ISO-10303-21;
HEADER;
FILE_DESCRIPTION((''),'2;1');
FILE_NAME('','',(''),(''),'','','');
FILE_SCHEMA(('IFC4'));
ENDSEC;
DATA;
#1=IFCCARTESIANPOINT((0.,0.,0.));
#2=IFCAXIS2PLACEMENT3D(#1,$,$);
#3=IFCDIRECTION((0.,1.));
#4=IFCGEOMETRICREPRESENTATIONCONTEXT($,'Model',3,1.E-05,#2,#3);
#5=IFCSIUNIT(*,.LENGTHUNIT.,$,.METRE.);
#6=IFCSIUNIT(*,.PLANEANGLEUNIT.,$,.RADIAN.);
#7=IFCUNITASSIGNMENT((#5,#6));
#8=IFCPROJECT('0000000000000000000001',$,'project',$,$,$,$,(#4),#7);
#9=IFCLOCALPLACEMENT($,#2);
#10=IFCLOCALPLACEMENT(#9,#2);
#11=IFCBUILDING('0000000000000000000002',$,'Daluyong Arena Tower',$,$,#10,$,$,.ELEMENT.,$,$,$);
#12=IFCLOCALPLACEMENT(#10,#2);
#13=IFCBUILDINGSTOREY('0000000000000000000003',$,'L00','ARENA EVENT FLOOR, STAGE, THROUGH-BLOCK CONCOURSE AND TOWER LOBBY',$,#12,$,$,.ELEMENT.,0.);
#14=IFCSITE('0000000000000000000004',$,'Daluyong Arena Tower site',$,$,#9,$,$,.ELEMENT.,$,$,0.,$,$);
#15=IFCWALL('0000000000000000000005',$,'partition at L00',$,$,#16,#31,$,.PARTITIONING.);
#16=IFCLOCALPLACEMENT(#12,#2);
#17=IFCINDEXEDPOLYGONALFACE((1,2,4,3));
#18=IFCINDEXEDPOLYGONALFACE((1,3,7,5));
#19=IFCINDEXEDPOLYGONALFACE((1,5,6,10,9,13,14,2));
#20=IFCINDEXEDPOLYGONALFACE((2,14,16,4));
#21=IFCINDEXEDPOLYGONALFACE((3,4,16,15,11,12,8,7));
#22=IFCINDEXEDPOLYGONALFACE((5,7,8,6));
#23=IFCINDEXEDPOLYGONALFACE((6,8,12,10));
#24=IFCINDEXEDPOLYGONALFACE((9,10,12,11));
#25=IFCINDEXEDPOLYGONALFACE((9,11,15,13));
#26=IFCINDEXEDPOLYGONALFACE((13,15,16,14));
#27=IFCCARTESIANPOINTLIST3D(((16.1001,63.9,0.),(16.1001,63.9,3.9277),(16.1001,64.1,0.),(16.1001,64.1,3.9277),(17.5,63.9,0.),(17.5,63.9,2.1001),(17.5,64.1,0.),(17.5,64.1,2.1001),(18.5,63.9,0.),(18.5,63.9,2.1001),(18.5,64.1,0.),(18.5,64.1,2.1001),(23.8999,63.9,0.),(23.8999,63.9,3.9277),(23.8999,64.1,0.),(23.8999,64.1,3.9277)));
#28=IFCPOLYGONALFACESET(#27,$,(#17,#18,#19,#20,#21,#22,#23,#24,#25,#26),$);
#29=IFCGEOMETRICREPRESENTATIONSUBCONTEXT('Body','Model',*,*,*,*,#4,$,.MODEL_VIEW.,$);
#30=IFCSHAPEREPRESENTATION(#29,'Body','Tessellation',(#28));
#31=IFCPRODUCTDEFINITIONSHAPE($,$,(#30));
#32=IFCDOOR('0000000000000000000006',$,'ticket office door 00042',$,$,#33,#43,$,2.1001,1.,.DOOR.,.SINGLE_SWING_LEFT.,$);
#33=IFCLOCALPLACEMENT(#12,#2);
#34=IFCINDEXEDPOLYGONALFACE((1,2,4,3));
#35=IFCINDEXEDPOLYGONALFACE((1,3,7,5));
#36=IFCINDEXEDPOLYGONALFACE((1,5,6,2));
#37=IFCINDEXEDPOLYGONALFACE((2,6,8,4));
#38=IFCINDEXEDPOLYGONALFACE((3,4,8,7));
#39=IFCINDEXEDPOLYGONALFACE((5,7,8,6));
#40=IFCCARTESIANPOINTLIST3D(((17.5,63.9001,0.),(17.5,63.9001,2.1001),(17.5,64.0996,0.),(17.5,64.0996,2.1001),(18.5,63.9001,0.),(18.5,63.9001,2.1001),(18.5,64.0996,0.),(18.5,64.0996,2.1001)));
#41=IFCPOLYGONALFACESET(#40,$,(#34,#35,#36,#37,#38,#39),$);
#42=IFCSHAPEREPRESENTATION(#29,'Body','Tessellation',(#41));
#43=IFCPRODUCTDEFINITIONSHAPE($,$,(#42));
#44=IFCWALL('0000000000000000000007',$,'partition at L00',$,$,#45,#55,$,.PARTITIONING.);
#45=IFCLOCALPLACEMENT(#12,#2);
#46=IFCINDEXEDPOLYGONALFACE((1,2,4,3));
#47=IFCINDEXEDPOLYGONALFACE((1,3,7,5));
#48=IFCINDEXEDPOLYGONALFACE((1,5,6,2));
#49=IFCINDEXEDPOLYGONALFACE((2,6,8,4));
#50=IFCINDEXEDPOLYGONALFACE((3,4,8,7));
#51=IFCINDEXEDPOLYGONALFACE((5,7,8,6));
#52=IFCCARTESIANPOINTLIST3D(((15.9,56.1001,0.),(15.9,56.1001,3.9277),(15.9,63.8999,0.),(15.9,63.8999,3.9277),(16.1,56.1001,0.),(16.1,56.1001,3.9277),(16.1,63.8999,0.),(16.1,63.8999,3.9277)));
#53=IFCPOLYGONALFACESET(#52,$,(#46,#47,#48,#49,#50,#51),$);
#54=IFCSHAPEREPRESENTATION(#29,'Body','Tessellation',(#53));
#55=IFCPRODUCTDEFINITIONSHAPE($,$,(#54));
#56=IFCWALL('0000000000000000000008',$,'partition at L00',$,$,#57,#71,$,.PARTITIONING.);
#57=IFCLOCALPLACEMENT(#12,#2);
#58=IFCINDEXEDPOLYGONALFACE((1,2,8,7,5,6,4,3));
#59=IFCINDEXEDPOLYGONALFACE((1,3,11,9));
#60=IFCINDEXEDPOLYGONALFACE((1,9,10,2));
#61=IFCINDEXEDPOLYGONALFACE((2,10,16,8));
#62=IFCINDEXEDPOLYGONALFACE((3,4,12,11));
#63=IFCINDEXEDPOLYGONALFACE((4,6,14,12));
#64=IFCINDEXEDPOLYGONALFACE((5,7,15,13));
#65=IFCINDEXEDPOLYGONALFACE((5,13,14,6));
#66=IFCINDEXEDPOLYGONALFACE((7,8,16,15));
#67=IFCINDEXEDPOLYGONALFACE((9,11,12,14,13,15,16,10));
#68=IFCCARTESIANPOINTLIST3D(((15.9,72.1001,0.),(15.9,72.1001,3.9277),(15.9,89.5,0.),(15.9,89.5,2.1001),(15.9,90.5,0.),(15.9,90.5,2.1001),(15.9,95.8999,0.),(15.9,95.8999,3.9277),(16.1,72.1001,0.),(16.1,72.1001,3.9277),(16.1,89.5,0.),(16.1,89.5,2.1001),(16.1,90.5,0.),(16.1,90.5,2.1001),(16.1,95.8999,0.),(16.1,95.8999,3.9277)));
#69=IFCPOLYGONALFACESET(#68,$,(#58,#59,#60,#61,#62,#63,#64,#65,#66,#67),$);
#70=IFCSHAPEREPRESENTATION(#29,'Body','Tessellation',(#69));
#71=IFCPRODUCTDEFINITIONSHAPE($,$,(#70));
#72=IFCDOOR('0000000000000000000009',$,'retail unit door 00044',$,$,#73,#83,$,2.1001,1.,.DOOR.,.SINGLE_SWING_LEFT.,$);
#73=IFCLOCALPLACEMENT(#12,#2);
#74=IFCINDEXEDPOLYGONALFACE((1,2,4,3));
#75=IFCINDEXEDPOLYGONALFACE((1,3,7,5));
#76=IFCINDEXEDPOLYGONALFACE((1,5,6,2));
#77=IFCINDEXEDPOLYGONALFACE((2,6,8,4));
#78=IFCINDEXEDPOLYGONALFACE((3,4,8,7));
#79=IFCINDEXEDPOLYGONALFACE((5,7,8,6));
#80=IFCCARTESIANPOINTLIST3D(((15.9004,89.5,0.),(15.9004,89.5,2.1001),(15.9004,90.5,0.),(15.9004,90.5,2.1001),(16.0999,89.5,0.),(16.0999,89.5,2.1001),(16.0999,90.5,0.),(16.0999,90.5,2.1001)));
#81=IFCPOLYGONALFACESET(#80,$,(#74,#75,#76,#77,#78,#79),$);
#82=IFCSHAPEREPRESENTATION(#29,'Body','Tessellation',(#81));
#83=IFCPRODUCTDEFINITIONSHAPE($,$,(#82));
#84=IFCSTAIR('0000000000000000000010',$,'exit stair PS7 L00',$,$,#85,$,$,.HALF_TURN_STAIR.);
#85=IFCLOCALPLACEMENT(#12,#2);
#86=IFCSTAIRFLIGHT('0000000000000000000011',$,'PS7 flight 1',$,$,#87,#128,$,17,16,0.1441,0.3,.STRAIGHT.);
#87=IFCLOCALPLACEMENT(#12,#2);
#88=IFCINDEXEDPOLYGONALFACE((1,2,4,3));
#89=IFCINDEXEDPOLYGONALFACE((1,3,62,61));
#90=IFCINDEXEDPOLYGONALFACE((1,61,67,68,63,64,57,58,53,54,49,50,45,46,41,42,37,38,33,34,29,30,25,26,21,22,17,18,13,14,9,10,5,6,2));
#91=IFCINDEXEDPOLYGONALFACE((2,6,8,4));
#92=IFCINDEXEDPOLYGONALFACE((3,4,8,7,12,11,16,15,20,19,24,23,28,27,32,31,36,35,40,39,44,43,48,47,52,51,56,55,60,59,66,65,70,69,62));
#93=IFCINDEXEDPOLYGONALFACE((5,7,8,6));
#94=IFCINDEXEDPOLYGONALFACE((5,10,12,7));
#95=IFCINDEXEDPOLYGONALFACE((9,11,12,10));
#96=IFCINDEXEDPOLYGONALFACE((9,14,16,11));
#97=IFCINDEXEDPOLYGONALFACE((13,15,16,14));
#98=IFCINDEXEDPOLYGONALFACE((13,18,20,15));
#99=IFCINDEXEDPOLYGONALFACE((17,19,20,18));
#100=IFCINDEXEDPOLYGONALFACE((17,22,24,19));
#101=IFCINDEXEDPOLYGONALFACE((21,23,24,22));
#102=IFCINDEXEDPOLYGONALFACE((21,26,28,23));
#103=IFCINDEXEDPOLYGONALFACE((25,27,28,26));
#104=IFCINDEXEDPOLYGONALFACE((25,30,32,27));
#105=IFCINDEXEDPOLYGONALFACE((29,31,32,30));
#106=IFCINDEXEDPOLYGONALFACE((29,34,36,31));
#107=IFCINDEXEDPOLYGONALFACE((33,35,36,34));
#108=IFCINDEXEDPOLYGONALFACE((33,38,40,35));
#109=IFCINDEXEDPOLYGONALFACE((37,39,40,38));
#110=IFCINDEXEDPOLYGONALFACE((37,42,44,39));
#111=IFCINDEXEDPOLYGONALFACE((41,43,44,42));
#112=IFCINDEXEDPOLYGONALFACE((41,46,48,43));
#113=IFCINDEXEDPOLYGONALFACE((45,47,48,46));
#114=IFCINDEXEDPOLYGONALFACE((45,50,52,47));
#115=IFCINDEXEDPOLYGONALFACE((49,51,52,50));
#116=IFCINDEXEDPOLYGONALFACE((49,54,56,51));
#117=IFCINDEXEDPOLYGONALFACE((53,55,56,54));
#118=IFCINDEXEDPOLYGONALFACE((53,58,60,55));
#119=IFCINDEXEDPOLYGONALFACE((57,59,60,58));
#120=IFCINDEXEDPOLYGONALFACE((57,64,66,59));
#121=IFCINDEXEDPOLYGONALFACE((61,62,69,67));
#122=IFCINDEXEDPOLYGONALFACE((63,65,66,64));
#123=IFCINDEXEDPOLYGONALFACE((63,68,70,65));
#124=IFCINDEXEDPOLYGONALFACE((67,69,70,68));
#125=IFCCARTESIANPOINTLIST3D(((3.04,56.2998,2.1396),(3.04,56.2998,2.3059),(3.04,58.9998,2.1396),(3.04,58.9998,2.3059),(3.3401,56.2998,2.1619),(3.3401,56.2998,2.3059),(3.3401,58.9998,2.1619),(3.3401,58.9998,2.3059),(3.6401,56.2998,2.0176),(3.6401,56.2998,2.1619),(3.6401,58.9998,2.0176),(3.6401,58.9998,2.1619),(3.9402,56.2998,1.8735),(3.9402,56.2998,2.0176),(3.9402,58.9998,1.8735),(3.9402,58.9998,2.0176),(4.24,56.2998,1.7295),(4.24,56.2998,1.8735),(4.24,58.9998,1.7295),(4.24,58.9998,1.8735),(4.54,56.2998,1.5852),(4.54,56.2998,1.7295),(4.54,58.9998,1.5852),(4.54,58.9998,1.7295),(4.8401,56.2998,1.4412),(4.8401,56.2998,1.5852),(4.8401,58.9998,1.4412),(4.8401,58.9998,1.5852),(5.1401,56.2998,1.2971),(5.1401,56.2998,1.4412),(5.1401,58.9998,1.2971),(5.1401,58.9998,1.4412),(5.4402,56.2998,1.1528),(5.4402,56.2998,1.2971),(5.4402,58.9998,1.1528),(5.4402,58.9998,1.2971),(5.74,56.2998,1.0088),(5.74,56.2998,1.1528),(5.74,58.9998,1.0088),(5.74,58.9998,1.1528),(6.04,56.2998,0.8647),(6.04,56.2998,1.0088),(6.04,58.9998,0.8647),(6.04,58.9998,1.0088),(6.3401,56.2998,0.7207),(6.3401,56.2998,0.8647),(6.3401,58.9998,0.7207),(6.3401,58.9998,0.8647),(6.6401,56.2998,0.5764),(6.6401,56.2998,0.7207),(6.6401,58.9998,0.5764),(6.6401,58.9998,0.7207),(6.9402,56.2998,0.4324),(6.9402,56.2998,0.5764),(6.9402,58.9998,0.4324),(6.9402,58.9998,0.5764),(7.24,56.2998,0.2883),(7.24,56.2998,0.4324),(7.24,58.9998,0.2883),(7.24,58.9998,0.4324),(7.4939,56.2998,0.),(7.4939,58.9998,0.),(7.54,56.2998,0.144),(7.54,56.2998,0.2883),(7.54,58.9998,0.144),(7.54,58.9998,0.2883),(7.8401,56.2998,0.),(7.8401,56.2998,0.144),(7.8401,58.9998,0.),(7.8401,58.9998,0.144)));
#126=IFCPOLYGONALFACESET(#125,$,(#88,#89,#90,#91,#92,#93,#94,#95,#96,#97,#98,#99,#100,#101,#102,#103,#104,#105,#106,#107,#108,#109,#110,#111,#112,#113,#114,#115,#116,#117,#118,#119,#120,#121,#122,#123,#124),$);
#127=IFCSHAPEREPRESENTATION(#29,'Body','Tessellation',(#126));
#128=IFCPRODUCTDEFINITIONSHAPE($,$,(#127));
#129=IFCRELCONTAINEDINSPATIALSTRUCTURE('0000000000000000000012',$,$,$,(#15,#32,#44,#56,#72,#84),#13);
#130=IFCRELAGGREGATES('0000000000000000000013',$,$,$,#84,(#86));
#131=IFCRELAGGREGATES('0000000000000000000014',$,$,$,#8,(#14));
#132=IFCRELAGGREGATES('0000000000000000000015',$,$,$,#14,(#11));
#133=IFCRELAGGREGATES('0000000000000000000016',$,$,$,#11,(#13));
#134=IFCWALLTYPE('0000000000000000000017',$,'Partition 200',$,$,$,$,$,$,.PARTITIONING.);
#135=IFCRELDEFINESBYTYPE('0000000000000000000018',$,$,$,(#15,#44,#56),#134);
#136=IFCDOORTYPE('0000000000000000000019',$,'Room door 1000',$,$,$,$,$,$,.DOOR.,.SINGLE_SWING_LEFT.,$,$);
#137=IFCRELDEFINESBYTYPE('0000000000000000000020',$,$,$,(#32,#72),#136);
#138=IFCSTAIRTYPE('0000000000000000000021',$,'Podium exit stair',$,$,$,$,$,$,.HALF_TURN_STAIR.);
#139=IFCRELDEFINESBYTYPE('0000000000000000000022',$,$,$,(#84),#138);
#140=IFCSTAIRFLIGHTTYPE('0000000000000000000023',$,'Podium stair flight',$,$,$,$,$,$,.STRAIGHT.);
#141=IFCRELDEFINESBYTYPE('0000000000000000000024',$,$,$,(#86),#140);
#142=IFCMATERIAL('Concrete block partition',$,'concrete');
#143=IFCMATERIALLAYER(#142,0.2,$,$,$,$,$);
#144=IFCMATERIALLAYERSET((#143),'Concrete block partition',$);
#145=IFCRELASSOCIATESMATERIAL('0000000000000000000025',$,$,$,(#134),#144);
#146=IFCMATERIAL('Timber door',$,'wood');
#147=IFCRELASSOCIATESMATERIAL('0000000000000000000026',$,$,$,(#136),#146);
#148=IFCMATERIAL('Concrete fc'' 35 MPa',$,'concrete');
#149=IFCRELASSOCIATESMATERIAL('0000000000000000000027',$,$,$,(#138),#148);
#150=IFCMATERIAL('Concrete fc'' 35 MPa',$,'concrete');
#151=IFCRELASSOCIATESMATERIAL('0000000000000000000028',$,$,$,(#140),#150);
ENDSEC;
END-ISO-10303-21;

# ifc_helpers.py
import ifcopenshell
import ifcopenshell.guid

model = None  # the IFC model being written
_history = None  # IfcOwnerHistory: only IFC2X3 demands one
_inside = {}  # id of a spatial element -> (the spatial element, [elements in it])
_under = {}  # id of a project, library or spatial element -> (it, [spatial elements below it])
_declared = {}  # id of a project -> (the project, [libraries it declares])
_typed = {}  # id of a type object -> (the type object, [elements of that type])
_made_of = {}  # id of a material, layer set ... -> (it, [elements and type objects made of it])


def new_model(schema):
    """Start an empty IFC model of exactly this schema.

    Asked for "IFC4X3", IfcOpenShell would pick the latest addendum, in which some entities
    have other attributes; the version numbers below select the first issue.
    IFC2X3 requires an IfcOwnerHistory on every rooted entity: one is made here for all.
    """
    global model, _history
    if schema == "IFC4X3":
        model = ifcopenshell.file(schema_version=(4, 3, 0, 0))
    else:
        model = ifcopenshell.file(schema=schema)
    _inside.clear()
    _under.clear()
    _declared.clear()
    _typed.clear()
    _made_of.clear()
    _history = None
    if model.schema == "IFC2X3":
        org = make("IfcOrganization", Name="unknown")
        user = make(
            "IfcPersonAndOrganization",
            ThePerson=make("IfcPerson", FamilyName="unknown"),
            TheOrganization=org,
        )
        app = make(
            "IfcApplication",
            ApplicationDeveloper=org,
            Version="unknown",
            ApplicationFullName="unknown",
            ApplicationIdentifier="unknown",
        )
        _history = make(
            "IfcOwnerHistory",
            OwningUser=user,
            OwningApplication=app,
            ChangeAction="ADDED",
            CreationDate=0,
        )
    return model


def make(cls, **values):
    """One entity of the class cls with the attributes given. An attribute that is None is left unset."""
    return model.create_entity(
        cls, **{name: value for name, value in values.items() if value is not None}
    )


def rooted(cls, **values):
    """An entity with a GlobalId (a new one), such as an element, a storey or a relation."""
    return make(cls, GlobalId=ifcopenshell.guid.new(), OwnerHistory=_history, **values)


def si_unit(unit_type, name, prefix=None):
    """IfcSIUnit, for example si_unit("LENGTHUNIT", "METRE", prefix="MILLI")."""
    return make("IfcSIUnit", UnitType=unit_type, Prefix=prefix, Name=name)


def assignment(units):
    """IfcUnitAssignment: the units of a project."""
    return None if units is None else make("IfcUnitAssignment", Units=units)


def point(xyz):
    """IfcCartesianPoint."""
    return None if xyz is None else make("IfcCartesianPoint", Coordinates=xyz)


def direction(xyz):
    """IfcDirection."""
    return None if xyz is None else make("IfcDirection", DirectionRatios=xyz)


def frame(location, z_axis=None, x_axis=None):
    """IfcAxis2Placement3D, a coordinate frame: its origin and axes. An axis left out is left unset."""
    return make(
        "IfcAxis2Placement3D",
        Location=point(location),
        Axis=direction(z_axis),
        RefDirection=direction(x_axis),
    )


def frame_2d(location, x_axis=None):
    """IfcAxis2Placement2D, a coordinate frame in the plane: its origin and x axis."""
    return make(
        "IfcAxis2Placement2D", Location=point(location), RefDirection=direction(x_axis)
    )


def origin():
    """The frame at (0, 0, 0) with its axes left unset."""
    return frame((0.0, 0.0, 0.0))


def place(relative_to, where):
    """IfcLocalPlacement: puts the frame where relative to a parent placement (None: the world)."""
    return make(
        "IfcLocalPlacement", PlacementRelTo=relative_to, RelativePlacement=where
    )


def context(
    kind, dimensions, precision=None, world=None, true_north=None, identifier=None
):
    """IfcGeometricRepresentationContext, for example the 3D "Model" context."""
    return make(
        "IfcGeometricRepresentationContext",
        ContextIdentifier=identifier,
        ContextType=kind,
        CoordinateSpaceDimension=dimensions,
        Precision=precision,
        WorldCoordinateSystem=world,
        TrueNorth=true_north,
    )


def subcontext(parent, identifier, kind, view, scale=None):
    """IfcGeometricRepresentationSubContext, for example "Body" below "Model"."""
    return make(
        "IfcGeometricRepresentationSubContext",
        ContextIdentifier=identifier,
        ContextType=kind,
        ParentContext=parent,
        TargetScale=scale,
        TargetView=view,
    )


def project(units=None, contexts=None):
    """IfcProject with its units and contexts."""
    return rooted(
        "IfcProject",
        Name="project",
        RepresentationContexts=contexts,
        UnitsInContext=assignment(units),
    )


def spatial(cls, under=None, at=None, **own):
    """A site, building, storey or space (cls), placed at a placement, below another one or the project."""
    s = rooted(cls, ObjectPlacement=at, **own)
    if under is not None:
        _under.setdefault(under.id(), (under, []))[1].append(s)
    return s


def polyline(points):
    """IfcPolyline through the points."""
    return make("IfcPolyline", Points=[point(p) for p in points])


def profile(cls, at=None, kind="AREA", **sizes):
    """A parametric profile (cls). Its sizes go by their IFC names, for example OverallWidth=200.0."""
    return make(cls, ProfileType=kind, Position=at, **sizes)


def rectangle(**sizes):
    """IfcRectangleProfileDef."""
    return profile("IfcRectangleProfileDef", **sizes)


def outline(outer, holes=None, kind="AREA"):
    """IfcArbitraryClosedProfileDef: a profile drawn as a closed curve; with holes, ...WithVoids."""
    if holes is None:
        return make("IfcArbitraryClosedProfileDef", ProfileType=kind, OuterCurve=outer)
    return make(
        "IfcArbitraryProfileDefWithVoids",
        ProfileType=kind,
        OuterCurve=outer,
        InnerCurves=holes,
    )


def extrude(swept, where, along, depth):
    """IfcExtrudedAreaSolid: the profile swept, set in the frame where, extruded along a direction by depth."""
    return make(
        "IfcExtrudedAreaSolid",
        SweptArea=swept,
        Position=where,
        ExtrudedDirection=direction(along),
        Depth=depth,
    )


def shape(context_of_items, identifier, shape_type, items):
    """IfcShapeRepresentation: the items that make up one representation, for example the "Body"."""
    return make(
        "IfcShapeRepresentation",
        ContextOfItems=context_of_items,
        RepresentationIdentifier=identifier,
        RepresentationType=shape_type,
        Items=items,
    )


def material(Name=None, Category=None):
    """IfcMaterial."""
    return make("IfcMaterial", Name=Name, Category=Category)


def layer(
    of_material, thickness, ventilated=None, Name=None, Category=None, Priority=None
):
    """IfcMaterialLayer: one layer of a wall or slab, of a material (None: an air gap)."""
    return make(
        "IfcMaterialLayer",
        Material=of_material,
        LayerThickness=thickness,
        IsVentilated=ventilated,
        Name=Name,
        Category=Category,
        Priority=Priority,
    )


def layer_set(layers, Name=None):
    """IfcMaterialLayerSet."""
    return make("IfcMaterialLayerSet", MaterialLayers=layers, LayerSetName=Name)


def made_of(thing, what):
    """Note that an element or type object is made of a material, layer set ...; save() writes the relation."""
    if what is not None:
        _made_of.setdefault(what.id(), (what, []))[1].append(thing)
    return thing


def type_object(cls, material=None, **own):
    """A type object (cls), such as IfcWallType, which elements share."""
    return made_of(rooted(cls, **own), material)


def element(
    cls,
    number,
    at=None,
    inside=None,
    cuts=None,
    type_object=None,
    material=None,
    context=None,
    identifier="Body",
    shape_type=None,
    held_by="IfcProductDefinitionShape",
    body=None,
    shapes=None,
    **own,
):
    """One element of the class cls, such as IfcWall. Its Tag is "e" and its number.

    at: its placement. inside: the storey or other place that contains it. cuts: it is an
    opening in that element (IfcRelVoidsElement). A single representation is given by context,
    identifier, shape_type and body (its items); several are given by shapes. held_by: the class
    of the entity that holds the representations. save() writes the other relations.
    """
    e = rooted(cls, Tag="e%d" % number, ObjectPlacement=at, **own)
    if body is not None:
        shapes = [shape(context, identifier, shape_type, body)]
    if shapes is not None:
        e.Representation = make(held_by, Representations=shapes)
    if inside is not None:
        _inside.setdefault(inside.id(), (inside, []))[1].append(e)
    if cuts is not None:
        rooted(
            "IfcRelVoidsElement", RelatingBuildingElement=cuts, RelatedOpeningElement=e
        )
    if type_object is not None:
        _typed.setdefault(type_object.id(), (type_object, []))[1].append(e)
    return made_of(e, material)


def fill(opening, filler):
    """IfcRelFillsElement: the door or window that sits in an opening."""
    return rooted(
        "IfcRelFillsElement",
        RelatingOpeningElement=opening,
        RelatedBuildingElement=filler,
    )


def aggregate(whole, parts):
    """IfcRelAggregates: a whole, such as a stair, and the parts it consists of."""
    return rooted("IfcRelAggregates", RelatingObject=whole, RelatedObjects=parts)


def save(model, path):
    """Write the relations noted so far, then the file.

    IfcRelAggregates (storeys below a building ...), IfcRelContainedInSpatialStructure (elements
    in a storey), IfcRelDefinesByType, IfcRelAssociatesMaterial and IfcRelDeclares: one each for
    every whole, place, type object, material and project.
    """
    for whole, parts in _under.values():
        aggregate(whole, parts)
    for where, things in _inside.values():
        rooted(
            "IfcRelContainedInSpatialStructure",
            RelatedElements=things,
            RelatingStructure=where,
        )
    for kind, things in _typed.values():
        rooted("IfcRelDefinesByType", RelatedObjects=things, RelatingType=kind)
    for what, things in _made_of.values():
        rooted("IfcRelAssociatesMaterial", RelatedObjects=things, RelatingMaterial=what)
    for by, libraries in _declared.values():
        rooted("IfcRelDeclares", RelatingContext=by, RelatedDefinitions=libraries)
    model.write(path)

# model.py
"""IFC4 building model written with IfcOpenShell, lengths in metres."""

from ifc_helpers import new_model, si_unit, direction, frame, frame_2d, origin, place, context, subcontext, project, spatial, polyline, rectangle, outline, extrude, material, layer, layer_set, type_object, element, fill, aggregate, save


model = new_model("IFC4")

# Units and contexts
model_context = context("Model", 3, precision=1e-05, world=origin(), true_north=direction((0.0, 1.0)))
body_context = subcontext(model_context, "Body", "Model", "MODEL_VIEW")
ifc_project = project(units=[si_unit("LENGTHUNIT", "METRE"), si_unit("PLANEANGLEUNIT", "RADIAN")], contexts=[model_context])

# Site, building, storey
site_placement = place(None, origin())
site = spatial("IfcSite", under=ifc_project, at=site_placement, Name="Daluyong Arena Tower site", CompositionType="ELEMENT", RefElevation=0.0)
building_placement = place(site_placement, origin())
building = spatial("IfcBuilding", under=site, at=building_placement, Name="Daluyong Arena Tower", CompositionType="ELEMENT")
storey_placement = place(building_placement, origin())
storey = spatial("IfcBuildingStorey", under=building, at=storey_placement, Name="L00", Description="ARENA EVENT FLOOR, STAGE, THROUGH-BLOCK CONCOURSE AND TOWER LOBBY", CompositionType="ELEMENT", Elevation=0.0)

# Wall, opening, door
ifc_material_1 = material(Name="Concrete block partition", Category="concrete")
ifc_layer_1 = layer(ifc_material_1, 0.2)
ifc_layer_set_1 = layer_set([ifc_layer_1], Name="Concrete block partition")
wall_type = type_object("IfcWallType", Name="Partition 200", PredefinedType="PARTITIONING", material=ifc_layer_set_1)
wall_1_placement = place(storey_placement, frame((16.1001, 64.0, 0.0), z_axis=(0.0, 0.0, 1.0), x_axis=(1.0, 0.0, 0.0)))
wall_1 = element("IfcWall", 1, at=wall_1_placement, inside=storey, type_object=wall_type, Name="partition at L00", PredefinedType="PARTITIONING", context=body_context, shape_type="SweptSolid", body=[
    extrude(rectangle(XDim=7.7998, YDim=0.2, at=frame_2d((3.8999, 0.0))), origin(), (0.0, 0.0, 1.0), 3.9277),
])
opening_1_placement = place(wall_1_placement, frame((1.3999, 0.0, 0.0)))
opening_1 = element("IfcOpeningElement", 2, at=opening_1_placement, cuts=wall_1, PredefinedType="OPENING", context=body_context, shape_type="SweptSolid", body=[
    extrude(rectangle(XDim=1.0, YDim=2.1001, at=frame_2d((0.5, 1.05))), frame((0.0, 0.1099, 0.0), z_axis=(0.0, -1.0, 0.0), x_axis=(1.0, 0.0, 0.0)), (0.0, 0.0, 1.0), 0.22),
])
ifc_material_2 = material(Name="Timber door", Category="wood")
door_type = type_object("IfcDoorType", Name="Room door 1000", OperationType="SINGLE_SWING_LEFT", PredefinedType="DOOR", material=ifc_material_2)
door_1_placement = place(opening_1_placement, origin())
door_1 = element("IfcDoor", 3, at=door_1_placement, inside=storey, type_object=door_type, Name="ticket office door 00042", OperationType="SINGLE_SWING_LEFT", OverallHeight=2.1001, OverallWidth=1.0, PredefinedType="DOOR", context=body_context, shape_type="SweptSolid", body=[
    extrude(rectangle(XDim=1.0, YDim=2.1001, at=frame_2d((0.5, 1.05))), frame((0.0, 0.0996, 0.0), z_axis=(0.0, -1.0, 0.0), x_axis=(1.0, 0.0, 0.0)), (0.0, 0.0, 1.0), 0.1995),
])
fill(opening_1, door_1)

# Wall
wall_2_placement = place(storey_placement, frame((16.0, 56.1001, 0.0), z_axis=(0.0, 0.0, 1.0), x_axis=(0.0, 1.0, 0.0)))
element("IfcWall", 4, at=wall_2_placement, inside=storey, type_object=wall_type, Name="partition at L00", PredefinedType="PARTITIONING", context=body_context, shape_type="SweptSolid", body=[
    extrude(rectangle(XDim=7.7998, YDim=0.2, at=frame_2d((3.8999, 0.0))), origin(), (0.0, 0.0, 1.0), 3.9277),
])

# Wall, opening, door
wall_3_placement = place(storey_placement, frame((16.0, 72.1001, 0.0), z_axis=(0.0, 0.0, 1.0), x_axis=(0.0, 1.0, 0.0)))
wall_3 = element("IfcWall", 5, at=wall_3_placement, inside=storey, type_object=wall_type, Name="partition at L00", PredefinedType="PARTITIONING", context=body_context, shape_type="SweptSolid", body=[
    extrude(rectangle(XDim=23.7998, YDim=0.2, at=frame_2d((11.8999, 0.0))), origin(), (0.0, 0.0, 1.0), 3.9277),
])
opening_2_placement = place(wall_3_placement, frame((17.3999, 0.0, 0.0)))
opening_2 = element("IfcOpeningElement", 6, at=opening_2_placement, cuts=wall_3, PredefinedType="OPENING", context=body_context, shape_type="SweptSolid", body=[
    extrude(rectangle(XDim=1.0, YDim=2.1001, at=frame_2d((0.5, 1.05))), frame((0.0, 0.1099, 0.0), z_axis=(0.0, -1.0, 0.0), x_axis=(1.0, 0.0, 0.0)), (0.0, 0.0, 1.0), 0.22),
])
door_2_placement = place(opening_2_placement, origin())
door_2 = element("IfcDoor", 7, at=door_2_placement, inside=storey, type_object=door_type, Name="retail unit door 00044", OperationType="SINGLE_SWING_LEFT", OverallHeight=2.1001, OverallWidth=1.0, PredefinedType="DOOR", context=body_context, shape_type="SweptSolid", body=[
    extrude(rectangle(XDim=1.0, YDim=2.1001, at=frame_2d((0.5, 1.05))), frame((0.0, 0.0996, 0.0), z_axis=(0.0, -1.0, 0.0), x_axis=(1.0, 0.0, 0.0)), (0.0, 0.0, 1.0), 0.1995),
])
fill(opening_2, door_2)

# Stair, stair flight
ifc_material_3 = material(Name="Concrete fc' 35 MPa", Category="concrete")
stair_type = type_object("IfcStairType", Name="Podium exit stair", PredefinedType="HALF_TURN_STAIR", material=ifc_material_3)
stair_placement = place(storey_placement, origin())
stair = element("IfcStair", 8, at=stair_placement, inside=storey, type_object=stair_type, Name="exit stair PS7 L00", PredefinedType="HALF_TURN_STAIR")
ifc_material_4 = material(Name="Concrete fc' 35 MPa", Category="concrete")
stair_flight_type = type_object("IfcStairFlightType", Name="Podium stair flight", PredefinedType="STRAIGHT", material=ifc_material_4)
stair_flight_placement = place(storey_placement, frame((7.8401, 57.6499, 0.0), z_axis=(0.0, 0.0, 1.0), x_axis=(-1.0, 0.0, 0.0)))
stair_flight = element("IfcStairFlight", 9, at=stair_flight_placement, type_object=stair_flight_type, Name="PS7 flight 1", NumberOfRisers=17, NumberOfTreads=16, PredefinedType="STRAIGHT", RiserHeight=0.1441, TreadLength=0.3, context=body_context, shape_type="SweptSolid", body=[
    extrude(outline(polyline([(0.0, 0.0), (0.0, 0.144), (0.3, 0.144), (0.3, 0.2883), (0.6001, 0.2883), (0.6001, 0.4324), (0.8999, 0.4324), (0.8999, 0.5764), (1.2, 0.5764), (1.2, 0.7207), (1.5, 0.7207), (1.5, 0.8647), (1.8, 0.8647), (1.8, 1.0088), (2.1001, 1.0088), (2.1001, 1.1528), (2.3999, 1.1528), (2.3999, 1.2971), (2.7, 1.2971), (2.7, 1.4412), (3.0, 1.4412), (3.0, 1.5852), (3.3, 1.5852), (3.3, 1.7295), (3.6001, 1.7295), (3.6001, 1.8735), (3.8999, 1.8735), (3.8999, 2.0176), (4.2, 2.0176), (4.2, 2.1619), (4.5, 2.1619), (4.5, 2.3059), (4.8, 2.3059), (4.8, 2.45), (4.8, 2.1396), (0.3462, 0.0), (0.0, 0.0)])), frame((0.0, 1.3501, 0.0), z_axis=(0.0, -1.0, 0.0), x_axis=(1.0, 0.0, 0.0)), (0.0, 0.0, 1.0), 2.7),
])
aggregate(stair, [stair_flight])

save(model, "model.ifc")
